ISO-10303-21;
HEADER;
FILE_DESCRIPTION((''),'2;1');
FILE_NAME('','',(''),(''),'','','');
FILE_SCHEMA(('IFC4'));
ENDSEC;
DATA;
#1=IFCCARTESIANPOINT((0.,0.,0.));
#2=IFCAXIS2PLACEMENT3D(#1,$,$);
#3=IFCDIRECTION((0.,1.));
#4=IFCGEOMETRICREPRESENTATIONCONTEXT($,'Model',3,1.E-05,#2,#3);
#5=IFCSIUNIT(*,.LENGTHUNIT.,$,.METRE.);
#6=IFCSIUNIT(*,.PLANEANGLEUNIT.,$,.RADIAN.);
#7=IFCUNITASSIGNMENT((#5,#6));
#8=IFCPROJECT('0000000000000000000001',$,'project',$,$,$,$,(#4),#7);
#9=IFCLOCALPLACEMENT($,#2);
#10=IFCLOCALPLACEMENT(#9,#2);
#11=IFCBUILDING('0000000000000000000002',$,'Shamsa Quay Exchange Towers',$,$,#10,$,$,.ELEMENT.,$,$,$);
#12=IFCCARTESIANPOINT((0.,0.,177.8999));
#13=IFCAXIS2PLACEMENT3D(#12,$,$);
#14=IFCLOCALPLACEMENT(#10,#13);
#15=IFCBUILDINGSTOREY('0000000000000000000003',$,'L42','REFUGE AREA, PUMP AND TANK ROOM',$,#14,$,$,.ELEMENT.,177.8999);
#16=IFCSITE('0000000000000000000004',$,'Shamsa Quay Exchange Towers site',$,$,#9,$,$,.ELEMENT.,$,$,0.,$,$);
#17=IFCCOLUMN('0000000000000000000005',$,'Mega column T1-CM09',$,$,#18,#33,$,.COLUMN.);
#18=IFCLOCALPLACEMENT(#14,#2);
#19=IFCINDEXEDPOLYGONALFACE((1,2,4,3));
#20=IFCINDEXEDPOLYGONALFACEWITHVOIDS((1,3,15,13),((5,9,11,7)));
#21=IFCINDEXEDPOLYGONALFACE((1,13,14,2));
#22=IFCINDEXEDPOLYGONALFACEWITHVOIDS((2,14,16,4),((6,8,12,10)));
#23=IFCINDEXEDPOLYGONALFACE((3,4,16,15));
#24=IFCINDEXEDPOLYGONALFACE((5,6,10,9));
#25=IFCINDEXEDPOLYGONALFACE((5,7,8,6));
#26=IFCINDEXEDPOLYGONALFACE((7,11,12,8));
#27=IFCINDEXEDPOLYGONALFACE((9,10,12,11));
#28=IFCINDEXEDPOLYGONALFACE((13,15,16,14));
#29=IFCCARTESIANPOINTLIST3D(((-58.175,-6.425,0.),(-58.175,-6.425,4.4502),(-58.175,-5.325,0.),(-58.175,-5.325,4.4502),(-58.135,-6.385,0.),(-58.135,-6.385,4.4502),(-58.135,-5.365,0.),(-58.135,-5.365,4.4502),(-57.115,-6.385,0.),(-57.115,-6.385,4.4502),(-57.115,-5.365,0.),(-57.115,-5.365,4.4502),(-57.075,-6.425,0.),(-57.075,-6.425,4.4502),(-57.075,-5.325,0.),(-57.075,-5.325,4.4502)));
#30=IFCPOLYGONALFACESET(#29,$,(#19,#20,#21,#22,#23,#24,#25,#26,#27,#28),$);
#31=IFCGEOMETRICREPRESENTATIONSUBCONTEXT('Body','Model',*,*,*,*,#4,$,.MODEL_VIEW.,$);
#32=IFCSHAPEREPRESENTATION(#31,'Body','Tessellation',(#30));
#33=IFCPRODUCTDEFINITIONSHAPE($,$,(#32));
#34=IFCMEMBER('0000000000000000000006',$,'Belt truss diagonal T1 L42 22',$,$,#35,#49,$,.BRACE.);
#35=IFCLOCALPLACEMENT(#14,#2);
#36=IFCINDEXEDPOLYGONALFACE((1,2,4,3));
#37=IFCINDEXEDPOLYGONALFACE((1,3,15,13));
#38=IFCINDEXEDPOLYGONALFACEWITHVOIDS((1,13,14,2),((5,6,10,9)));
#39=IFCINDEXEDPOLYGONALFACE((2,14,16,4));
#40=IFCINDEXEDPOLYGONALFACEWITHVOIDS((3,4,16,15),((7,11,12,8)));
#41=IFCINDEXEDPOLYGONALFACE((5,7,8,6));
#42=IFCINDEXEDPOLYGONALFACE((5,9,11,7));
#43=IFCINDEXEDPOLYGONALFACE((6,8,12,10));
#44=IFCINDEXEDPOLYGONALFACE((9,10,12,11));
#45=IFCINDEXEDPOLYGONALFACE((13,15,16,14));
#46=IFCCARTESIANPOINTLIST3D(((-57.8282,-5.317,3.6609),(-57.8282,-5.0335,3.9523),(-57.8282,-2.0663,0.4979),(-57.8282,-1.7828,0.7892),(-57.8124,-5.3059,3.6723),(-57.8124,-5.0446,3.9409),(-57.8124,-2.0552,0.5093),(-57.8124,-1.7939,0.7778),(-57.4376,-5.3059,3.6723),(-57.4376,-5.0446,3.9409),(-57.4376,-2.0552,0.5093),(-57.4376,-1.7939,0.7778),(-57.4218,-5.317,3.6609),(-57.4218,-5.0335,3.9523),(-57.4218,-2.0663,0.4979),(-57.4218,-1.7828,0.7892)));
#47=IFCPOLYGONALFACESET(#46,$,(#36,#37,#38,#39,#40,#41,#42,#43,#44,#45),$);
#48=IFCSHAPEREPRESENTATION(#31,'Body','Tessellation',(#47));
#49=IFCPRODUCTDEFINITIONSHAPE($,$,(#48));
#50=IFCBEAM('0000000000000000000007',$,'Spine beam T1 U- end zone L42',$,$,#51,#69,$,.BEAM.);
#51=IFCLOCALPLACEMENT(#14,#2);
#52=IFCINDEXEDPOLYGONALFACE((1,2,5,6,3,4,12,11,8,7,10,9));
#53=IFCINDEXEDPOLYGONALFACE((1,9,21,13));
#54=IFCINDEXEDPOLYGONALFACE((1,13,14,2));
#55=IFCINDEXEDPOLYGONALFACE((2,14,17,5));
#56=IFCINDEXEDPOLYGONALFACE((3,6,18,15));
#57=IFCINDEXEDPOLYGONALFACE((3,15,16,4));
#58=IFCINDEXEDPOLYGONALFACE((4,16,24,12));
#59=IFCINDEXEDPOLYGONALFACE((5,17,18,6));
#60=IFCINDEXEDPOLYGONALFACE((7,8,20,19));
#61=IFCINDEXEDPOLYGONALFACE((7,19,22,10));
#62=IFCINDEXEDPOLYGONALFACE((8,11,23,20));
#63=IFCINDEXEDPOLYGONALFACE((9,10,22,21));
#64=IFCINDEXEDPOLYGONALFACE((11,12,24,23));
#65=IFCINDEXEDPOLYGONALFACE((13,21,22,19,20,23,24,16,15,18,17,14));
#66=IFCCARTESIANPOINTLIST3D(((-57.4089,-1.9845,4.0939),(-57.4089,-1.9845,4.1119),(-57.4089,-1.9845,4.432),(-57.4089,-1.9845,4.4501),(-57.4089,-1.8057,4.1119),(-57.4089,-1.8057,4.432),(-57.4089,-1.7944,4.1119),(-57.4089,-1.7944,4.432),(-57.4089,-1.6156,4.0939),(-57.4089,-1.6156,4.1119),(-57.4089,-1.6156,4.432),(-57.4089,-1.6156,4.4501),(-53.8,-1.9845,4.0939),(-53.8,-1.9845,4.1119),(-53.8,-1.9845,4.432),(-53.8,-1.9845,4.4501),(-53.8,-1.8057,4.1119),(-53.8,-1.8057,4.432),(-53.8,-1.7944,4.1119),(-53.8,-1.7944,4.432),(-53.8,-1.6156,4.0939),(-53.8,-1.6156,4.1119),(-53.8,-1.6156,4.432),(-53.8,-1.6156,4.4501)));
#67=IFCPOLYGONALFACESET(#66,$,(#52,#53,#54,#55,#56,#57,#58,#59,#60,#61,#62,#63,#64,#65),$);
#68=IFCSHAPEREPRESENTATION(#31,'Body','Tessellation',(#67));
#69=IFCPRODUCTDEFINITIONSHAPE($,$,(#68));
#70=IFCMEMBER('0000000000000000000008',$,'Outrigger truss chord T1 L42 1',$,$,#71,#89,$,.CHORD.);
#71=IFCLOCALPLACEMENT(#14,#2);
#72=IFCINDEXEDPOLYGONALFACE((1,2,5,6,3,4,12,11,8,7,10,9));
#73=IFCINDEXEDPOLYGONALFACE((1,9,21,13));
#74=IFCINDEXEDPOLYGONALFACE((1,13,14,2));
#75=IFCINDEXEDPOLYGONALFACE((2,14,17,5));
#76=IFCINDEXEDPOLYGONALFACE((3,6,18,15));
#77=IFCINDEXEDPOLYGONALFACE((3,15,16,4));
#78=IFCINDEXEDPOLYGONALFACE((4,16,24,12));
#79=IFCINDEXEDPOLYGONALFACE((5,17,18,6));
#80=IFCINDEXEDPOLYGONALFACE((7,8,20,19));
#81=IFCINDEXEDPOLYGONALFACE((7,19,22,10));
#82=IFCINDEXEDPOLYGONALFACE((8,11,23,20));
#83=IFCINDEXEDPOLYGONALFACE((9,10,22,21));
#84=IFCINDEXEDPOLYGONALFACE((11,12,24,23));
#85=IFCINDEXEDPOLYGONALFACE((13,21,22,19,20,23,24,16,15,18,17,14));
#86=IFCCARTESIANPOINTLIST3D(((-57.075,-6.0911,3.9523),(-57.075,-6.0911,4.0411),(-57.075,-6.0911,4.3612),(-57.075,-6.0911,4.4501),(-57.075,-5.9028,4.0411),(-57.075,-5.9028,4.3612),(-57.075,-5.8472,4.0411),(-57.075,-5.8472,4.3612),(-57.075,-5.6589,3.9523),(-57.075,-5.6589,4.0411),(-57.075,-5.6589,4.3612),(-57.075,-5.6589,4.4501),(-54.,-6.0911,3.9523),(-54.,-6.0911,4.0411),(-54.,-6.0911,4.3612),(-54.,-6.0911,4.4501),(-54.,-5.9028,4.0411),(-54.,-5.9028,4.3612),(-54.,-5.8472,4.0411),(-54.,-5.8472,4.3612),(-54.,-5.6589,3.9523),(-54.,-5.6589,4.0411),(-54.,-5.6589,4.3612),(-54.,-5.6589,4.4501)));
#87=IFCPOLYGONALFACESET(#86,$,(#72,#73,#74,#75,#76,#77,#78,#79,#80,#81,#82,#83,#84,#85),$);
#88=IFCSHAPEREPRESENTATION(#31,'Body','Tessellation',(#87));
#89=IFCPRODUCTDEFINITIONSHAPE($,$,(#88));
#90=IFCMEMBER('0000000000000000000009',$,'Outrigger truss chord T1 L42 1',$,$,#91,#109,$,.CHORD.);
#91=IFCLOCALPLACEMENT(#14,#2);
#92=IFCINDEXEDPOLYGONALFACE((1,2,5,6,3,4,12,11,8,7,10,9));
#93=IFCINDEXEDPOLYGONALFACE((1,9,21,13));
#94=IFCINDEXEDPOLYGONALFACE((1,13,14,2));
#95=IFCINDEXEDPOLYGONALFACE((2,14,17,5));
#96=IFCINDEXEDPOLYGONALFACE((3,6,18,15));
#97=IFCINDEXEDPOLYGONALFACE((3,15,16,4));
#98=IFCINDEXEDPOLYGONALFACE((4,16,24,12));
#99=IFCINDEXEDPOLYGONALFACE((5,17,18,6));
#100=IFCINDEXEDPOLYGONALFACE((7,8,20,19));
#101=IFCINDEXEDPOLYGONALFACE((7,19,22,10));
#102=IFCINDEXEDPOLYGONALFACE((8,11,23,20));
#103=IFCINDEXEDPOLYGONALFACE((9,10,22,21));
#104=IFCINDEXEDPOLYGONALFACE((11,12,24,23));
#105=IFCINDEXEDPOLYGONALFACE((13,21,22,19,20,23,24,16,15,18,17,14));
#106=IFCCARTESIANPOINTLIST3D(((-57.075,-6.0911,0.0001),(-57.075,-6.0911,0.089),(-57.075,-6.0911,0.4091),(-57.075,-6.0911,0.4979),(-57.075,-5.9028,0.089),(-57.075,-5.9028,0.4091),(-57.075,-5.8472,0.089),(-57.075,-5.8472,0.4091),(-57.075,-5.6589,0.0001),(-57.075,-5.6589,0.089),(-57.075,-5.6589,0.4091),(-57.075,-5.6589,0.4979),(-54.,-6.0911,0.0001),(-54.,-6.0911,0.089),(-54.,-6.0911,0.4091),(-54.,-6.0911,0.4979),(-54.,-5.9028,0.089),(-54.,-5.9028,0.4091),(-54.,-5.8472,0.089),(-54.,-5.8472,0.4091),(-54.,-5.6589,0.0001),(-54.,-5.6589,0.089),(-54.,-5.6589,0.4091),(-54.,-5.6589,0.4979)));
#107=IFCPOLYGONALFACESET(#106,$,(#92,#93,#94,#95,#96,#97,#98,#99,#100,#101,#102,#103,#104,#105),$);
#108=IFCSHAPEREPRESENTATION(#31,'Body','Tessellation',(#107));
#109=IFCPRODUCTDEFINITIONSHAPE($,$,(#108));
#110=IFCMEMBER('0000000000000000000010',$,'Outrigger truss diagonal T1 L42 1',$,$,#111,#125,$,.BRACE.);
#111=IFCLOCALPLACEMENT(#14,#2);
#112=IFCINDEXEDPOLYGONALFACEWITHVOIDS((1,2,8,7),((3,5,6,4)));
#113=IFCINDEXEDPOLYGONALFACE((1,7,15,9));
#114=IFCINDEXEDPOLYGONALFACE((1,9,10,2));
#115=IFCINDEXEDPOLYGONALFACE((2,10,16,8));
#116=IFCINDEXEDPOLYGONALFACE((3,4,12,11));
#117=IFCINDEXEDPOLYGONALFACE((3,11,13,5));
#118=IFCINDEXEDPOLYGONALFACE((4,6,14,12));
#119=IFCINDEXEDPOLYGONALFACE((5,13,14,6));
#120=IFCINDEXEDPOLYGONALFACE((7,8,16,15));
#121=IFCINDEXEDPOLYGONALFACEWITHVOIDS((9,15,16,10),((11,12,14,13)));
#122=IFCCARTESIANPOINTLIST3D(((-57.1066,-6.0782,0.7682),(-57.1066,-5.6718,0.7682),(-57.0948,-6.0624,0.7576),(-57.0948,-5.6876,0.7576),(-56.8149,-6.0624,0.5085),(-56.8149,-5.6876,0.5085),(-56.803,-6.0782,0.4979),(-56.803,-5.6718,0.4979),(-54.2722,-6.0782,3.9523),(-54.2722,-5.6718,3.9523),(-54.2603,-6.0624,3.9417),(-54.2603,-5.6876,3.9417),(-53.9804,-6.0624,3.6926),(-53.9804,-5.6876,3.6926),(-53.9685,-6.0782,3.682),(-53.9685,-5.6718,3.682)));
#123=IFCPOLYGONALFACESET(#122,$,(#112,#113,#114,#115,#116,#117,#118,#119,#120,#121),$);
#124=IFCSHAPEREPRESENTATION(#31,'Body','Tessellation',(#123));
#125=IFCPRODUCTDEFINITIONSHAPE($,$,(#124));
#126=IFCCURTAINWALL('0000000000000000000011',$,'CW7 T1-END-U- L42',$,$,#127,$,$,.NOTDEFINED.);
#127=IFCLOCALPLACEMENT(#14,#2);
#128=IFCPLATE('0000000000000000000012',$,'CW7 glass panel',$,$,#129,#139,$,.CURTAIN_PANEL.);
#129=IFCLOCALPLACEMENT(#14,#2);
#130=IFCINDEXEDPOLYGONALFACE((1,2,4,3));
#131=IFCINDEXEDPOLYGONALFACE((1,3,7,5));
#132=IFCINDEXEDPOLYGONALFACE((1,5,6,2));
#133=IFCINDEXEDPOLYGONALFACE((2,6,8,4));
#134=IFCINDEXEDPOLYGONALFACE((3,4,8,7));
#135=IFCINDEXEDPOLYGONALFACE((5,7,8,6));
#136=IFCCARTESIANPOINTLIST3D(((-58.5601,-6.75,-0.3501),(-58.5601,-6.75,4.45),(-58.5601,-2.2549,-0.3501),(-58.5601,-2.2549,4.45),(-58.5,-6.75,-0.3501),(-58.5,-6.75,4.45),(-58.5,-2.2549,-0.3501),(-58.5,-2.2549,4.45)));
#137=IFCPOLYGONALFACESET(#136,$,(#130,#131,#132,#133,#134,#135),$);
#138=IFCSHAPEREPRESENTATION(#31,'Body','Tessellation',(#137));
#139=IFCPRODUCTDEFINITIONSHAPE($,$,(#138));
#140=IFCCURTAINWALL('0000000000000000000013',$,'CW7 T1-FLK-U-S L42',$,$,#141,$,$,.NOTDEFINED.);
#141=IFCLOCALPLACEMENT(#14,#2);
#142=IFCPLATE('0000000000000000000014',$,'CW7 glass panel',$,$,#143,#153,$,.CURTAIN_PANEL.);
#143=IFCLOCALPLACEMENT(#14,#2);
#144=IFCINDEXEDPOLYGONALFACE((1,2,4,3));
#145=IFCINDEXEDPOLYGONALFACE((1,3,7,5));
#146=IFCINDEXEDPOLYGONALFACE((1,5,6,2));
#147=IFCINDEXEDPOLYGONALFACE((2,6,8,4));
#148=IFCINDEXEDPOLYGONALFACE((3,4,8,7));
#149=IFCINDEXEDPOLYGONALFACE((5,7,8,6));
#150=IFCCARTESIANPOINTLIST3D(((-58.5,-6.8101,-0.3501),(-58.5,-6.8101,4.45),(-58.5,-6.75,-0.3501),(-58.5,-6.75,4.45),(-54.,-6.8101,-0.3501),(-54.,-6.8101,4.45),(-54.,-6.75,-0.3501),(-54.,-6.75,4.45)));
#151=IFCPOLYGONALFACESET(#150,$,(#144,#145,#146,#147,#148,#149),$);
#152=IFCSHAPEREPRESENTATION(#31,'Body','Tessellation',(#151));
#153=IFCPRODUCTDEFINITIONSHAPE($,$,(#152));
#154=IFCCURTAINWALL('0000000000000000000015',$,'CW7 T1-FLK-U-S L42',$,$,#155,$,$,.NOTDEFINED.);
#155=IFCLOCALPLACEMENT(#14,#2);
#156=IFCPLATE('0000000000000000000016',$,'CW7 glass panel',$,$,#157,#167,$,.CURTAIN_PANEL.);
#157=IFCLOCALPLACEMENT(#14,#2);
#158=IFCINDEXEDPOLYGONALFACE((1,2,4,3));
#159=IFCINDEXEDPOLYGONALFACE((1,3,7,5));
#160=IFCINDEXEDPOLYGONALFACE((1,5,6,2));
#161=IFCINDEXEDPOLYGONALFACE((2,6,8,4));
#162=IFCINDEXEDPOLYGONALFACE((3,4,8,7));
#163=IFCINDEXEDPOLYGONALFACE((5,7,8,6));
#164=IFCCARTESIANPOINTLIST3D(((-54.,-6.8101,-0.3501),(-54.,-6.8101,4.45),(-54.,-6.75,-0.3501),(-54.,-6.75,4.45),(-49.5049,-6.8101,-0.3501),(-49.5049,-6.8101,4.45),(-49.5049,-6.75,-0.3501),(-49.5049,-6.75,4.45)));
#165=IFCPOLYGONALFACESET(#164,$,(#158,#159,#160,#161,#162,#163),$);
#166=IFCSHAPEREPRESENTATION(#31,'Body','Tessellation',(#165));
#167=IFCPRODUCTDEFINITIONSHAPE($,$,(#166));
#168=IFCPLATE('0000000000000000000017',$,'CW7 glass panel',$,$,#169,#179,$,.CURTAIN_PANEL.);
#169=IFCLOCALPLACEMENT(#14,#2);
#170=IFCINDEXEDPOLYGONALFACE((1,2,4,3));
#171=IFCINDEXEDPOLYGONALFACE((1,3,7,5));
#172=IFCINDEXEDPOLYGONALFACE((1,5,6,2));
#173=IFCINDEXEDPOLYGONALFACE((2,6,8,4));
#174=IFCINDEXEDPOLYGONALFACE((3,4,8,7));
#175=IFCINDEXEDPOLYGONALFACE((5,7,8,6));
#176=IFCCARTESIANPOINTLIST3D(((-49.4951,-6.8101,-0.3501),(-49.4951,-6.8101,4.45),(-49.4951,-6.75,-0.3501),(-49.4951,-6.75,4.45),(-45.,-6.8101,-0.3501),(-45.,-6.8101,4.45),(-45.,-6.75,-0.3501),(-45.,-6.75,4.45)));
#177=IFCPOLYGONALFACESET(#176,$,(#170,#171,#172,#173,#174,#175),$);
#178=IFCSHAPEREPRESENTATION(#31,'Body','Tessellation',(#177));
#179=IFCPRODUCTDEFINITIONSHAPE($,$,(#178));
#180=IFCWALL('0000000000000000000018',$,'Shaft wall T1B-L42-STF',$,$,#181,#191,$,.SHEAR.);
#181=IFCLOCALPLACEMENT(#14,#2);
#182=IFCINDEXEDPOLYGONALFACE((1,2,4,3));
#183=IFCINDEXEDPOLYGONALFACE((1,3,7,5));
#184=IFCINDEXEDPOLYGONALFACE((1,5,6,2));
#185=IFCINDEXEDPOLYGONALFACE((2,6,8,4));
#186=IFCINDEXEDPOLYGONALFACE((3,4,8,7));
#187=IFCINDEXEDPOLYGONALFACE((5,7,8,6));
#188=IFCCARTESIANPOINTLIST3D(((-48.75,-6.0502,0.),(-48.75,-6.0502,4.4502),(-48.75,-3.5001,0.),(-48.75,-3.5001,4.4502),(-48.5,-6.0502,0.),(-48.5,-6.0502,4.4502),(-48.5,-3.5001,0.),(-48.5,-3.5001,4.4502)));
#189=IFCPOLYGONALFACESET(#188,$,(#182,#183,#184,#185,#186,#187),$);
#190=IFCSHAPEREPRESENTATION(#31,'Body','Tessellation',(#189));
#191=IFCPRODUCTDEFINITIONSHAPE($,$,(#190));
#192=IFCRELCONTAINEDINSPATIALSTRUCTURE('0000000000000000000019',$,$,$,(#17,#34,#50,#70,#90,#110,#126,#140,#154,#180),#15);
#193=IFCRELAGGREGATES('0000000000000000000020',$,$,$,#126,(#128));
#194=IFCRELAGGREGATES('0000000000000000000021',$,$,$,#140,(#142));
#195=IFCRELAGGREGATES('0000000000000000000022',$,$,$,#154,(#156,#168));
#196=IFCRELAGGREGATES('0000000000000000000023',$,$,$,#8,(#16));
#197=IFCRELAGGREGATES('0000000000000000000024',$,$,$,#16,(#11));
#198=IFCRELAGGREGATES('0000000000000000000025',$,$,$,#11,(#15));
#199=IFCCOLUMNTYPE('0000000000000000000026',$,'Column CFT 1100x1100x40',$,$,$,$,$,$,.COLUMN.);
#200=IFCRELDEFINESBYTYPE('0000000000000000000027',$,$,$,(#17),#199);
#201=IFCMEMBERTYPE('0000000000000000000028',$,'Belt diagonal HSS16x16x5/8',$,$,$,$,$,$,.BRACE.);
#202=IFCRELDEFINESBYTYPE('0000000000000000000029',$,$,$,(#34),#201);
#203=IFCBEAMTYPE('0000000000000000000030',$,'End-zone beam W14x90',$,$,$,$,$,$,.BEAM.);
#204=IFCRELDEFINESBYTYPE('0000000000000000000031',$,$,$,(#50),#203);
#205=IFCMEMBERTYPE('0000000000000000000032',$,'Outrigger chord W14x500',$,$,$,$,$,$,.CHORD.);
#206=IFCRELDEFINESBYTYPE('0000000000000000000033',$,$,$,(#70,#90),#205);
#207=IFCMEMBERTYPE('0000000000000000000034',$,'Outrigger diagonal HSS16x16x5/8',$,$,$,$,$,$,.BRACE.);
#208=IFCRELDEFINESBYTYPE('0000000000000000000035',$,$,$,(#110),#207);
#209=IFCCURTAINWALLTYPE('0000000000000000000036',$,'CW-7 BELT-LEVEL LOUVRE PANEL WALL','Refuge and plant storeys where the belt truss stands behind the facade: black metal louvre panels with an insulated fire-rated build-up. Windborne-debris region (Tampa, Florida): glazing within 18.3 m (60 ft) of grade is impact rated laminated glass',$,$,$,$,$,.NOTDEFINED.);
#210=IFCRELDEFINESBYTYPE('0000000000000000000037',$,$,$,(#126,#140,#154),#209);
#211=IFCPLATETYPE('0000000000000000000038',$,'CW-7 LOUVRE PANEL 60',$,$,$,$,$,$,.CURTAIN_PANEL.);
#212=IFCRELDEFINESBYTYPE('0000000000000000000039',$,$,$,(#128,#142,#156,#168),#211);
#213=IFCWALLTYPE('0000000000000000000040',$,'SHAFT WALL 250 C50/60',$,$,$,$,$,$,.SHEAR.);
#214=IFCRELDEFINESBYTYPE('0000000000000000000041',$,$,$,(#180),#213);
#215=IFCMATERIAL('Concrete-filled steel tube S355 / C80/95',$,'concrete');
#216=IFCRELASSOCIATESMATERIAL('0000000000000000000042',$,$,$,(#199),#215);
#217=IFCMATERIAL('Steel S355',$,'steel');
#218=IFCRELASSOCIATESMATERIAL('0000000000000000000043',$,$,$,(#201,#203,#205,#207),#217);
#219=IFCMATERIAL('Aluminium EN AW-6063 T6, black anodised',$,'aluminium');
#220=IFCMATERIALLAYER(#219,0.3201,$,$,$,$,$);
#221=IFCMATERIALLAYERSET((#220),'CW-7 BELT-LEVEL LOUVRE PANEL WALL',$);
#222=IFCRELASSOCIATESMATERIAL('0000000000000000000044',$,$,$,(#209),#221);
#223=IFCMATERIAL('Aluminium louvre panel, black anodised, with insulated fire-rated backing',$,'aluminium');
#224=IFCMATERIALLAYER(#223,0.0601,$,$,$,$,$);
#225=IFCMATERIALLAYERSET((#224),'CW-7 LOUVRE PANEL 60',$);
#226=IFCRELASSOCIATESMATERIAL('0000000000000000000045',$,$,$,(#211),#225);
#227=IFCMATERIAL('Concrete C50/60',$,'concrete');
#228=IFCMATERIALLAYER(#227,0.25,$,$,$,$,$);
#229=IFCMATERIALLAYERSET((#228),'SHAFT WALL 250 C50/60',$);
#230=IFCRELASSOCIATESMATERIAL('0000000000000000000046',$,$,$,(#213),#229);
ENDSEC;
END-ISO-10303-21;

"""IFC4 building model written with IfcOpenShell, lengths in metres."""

from ifc_helpers import new_model, si_unit, direction, frame, frame_2d, origin, origin_2d, place, context, subcontext, project, spatial, rectangle, hollow_rectangle, i_section, extrude, material, layer, layer_set, material_profile, profile_set, type_object, element, aggregate, save


model = new_model("IFC4")

# Units and contexts
model_context = context("Model", 3, precision=1e-05, world=origin(), true_north=direction((0.0, 1.0)))
body_context = subcontext(model_context, "Body", "Model", "MODEL_VIEW")
ifc_project = project(units=[si_unit("LENGTHUNIT", "METRE"), si_unit("PLANEANGLEUNIT", "RADIAN")], contexts=[model_context])

# Site, building, storey
site_placement = place(None, origin())
site = spatial("IfcSite", under=ifc_project, at=site_placement, Name="Shamsa Quay Exchange Towers site", CompositionType="ELEMENT", RefElevation=0.0)
building_placement = place(site_placement, origin())
building = spatial("IfcBuilding", under=site, at=building_placement, Name="Shamsa Quay Exchange Towers", CompositionType="ELEMENT")
storey_placement = place(building_placement, frame((0.0, 0.0, 177.8999)))
storey = spatial("IfcBuildingStorey", under=building, at=storey_placement, Name="L42", Description="REFUGE AREA, PUMP AND TANK ROOM", CompositionType="ELEMENT", Elevation=177.8999)

# Column
ifc_material_1 = material(Name="Concrete-filled steel tube S355 / C80/95", Category="concrete")
ifc_material_profile_1 = material_profile(ifc_material_1, hollow_rectangle(XDim=1.1001, YDim=1.1001, WallThickness=0.04, at=origin_2d()), Name="CFT 1100x1100x40")
ifc_profile_set_1 = profile_set([ifc_material_profile_1], Name="Concrete-filled steel tube S355 / C80/95")
column_type = type_object("IfcColumnType", Name="Column CFT 1100x1100x40", PredefinedType="COLUMN", material=ifc_profile_set_1)
column_placement = place(storey_placement, frame((-57.625, -5.875, 0.0)))
element("IfcColumn", 1, at=column_placement, inside=storey, type_object=column_type, Name="Mega column T1-CM09", PredefinedType="COLUMN", context=body_context, shape_type="SweptSolid", body=[
    extrude(hollow_rectangle(XDim=1.1001, YDim=1.1001, WallThickness=0.04, at=origin_2d()), origin(), (0.0, 0.0, 1.0), 4.4502),
])

# Member
ifc_material_2 = material(Name="Steel S355", Category="steel")
ifc_material_profile_2 = material_profile(ifc_material_2, hollow_rectangle(XDim=0.4065, YDim=0.4065, WallThickness=0.0159, at=origin_2d()), Name="HSS16x16x5/8")
ifc_profile_set_2 = profile_set([ifc_material_profile_2], Name="Steel S355")
member_type_1 = type_object("IfcMemberType", Name="Belt diagonal HSS16x16x5/8", PredefinedType="BRACE", material=ifc_profile_set_2)
member_1_placement = place(storey_placement, frame((-57.625, -1.9246, 0.6436), z_axis=(0.0, -0.716703, 0.697379), x_axis=(1.0, 0.0, 0.0)))
element("IfcMember", 2, at=member_1_placement, inside=storey, type_object=member_type_1, Name="Belt truss diagonal T1 L42 22", PredefinedType="BRACE", context=body_context, shape_type="SweptSolid", body=[
    extrude(hollow_rectangle(XDim=0.4065, YDim=0.4065, WallThickness=0.0159, at=origin_2d()), origin(), (0.0, 0.0, 1.0), 4.5356),
])

# Beam
ifc_material_profile_3 = material_profile(ifc_material_2, i_section(OverallWidth=0.3689, OverallDepth=0.3562, WebThickness=0.0112, FlangeThickness=0.0181, at=origin_2d()), Name="W14x90")
ifc_profile_set_3 = profile_set([ifc_material_profile_3], Name="Steel S355")
beam_type = type_object("IfcBeamType", Name="End-zone beam W14x90", PredefinedType="BEAM", material=ifc_profile_set_3)
beam_placement = place(storey_placement, frame((-53.8, -1.8, 4.272), z_axis=(-1.0, 0.0, 0.0), x_axis=(0.0, -1.0, 0.0)))
element("IfcBeam", 3, at=beam_placement, inside=storey, type_object=beam_type, Name="Spine beam T1 U- end zone L42", PredefinedType="BEAM", context=body_context, shape_type="SweptSolid", body=[
    extrude(i_section(OverallWidth=0.3689, OverallDepth=0.3562, WebThickness=0.0112, FlangeThickness=0.0181, at=origin_2d()), origin(), (0.0, 0.0, 1.0), 3.6089),
])

# Members
ifc_material_profile_4 = material_profile(ifc_material_2, i_section(OverallWidth=0.4321, OverallDepth=0.4978, WebThickness=0.0557, FlangeThickness=0.0889, at=origin_2d()), Name="W14x500")
ifc_profile_set_4 = profile_set([ifc_material_profile_4], Name="Steel S355")
member_type_2 = type_object("IfcMemberType", Name="Outrigger chord W14x500", PredefinedType="CHORD", material=ifc_profile_set_4)
for number, where, z_axis, x_axis, name in (
    (4, (-57.075, -5.875, 4.2012), (1.0, 0.0, 0.0), (0.0, 1.0, 0.0), "Outrigger truss chord T1 L42 1"),
    (5, (-57.075, -5.875, 0.249), (1.0, 0.0, 0.0), (0.0, 1.0, 0.0), "Outrigger truss chord T1 L42 1"),
):
    element("IfcMember", number, at=place(storey_placement, frame(where, z_axis=z_axis, x_axis=x_axis)), inside=storey, type_object=member_type_2, Name=name, PredefinedType="CHORD", context=body_context, shape_type="SweptSolid", body=[
        extrude(i_section(OverallWidth=0.4321, OverallDepth=0.4978, WebThickness=0.0557, FlangeThickness=0.0889, at=origin_2d()), origin(), (0.0, 0.0, 1.0), 3.075),
    ])
ifc_material_profile_5 = material_profile(ifc_material_2, hollow_rectangle(XDim=0.4065, YDim=0.4065, WallThickness=0.0159, at=origin_2d()), Name="HSS16x16x5/8")
ifc_profile_set_5 = profile_set([ifc_material_profile_5], Name="Steel S355")
member_type_3 = type_object("IfcMemberType", Name="Outrigger diagonal HSS16x16x5/8", PredefinedType="BRACE", material=ifc_profile_set_5)
member_2_placement = place(storey_placement, frame((-56.9548, -5.875, 0.6331), z_axis=(0.664911, 0.0, 0.746923), x_axis=(0.0, 1.0, 0.0)))
element("IfcMember", 6, at=member_2_placement, inside=storey, type_object=member_type_3, Name="Outrigger truss diagonal T1 L42 1", PredefinedType="BRACE", context=body_context, shape_type="SweptSolid", body=[
    extrude(hollow_rectangle(XDim=0.4065, YDim=0.4065, WallThickness=0.0159, at=origin_2d()), origin(), (0.0, 0.0, 1.0), 4.2629),
])

# Curtain walls, plates
ifc_material_3 = material(Name="Aluminium EN AW-6063 T6, black anodised", Category="aluminium")
ifc_layer_1 = layer(ifc_material_3, 0.3201)
ifc_layer_set_1 = layer_set([ifc_layer_1], Name="CW-7 BELT-LEVEL LOUVRE PANEL WALL")
curtain_wall_type = type_object("IfcCurtainWallType", Name="CW-7 BELT-LEVEL LOUVRE PANEL WALL", Description="Refuge and plant storeys where the belt truss stands behind the facade: black metal louvre panels with an insulated fire-rated build-up. Windborne-debris region (Tampa, Florida): glazing within 18.3 m (60 ft) of grade is impact rated laminated glass", PredefinedType="NOTDEFINED", material=ifc_layer_set_1)
curtain_wall_1_placement = place(storey_placement, origin())
curtain_wall_1 = element("IfcCurtainWall", 7, at=curtain_wall_1_placement, inside=storey, type_object=curtain_wall_type, Name="CW7 T1-END-U- L42", PredefinedType="NOTDEFINED")
ifc_material_4 = material(Name="Aluminium louvre panel, black anodised, with insulated fire-rated backing", Category="aluminium")
ifc_layer_2 = layer(ifc_material_4, 0.0601)
ifc_layer_set_2 = layer_set([ifc_layer_2], Name="CW-7 LOUVRE PANEL 60")
plate_type = type_object("IfcPlateType", Name="CW-7 LOUVRE PANEL 60", PredefinedType="CURTAIN_PANEL", material=ifc_layer_set_2)
plate_1_placement = place(storey_placement, frame((-58.53, -4.5024, -0.3501), z_axis=(0.0, 0.0, 1.0), x_axis=(0.0, -1.0, 0.0)))
plate_1 = element("IfcPlate", 8, at=plate_1_placement, type_object=plate_type, Name="CW7 glass panel", PredefinedType="CURTAIN_PANEL", context=body_context, shape_type="SweptSolid", body=[
    extrude(rectangle(XDim=4.4951, YDim=0.0601, at=origin_2d()), origin(), (0.0, 0.0, 1.0), 4.8),
])
aggregate(curtain_wall_1, [plate_1])
curtain_wall_2_placement = place(storey_placement, origin())
curtain_wall_2 = element("IfcCurtainWall", 9, at=curtain_wall_2_placement, inside=storey, type_object=curtain_wall_type, Name="CW7 T1-FLK-U-S L42", PredefinedType="NOTDEFINED")
plate_2_placement = place(storey_placement, frame((-56.25, -6.78, -0.3501)))
plate_2 = element("IfcPlate", 10, at=plate_2_placement, type_object=plate_type, Name="CW7 glass panel", PredefinedType="CURTAIN_PANEL", context=body_context, shape_type="SweptSolid", body=[
    extrude(rectangle(XDim=4.5, YDim=0.0601, at=origin_2d()), origin(), (0.0, 0.0, 1.0), 4.8),
])
aggregate(curtain_wall_2, [plate_2])

# Curtain wall, plates
curtain_wall_3_placement = place(storey_placement, origin())
curtain_wall_3 = element("IfcCurtainWall", 11, at=curtain_wall_3_placement, inside=storey, type_object=curtain_wall_type, Name="CW7 T1-FLK-U-S L42", PredefinedType="NOTDEFINED")
plate_3_placement = place(storey_placement, frame((-51.7524, -6.78, -0.3501)))
plate_3 = element("IfcPlate", 12, at=plate_3_placement, type_object=plate_type, Name="CW7 glass panel", PredefinedType="CURTAIN_PANEL", context=body_context, shape_type="SweptSolid", body=[
    extrude(rectangle(XDim=4.4951, YDim=0.0601, at=origin_2d()), origin(), (0.0, 0.0, 1.0), 4.8),
])
plate_4_placement = place(storey_placement, frame((-47.2476, -6.78, -0.3501)))
plate_4 = element("IfcPlate", 13, at=plate_4_placement, type_object=plate_type, Name="CW7 glass panel", PredefinedType="CURTAIN_PANEL", context=body_context, shape_type="SweptSolid", body=[
    extrude(rectangle(XDim=4.4951, YDim=0.0601, at=origin_2d()), origin(), (0.0, 0.0, 1.0), 4.8),
])
aggregate(curtain_wall_3, [plate_3, plate_4])

# Wall
ifc_material_5 = material(Name="Concrete C50/60", Category="concrete")
ifc_layer_3 = layer(ifc_material_5, 0.25)
ifc_layer_set_3 = layer_set([ifc_layer_3], Name="SHAFT WALL 250 C50/60")
wall_type_1 = type_object("IfcWallType", Name="SHAFT WALL 250 C50/60", PredefinedType="SHEAR", material=ifc_layer_set_3)
wall_1_placement = place(storey_placement, frame((-48.625, -6.05, 0.0), z_axis=(0.0, 0.0, 1.0), x_axis=(0.0, 1.0, 0.0)))
element("IfcWall", 14, at=wall_1_placement, inside=storey, type_object=wall_type_1, Name="Shaft wall T1B-L42-STF", PredefinedType="SHEAR", context=body_context, shape_type="SweptSolid", body=[
    extrude(rectangle(XDim=2.55, YDim=0.25, at=frame_2d((1.2749, 0.0))), origin(), (0.0, 0.0, 1.0), 4.4502),
])

save(model, "model.ifc")
